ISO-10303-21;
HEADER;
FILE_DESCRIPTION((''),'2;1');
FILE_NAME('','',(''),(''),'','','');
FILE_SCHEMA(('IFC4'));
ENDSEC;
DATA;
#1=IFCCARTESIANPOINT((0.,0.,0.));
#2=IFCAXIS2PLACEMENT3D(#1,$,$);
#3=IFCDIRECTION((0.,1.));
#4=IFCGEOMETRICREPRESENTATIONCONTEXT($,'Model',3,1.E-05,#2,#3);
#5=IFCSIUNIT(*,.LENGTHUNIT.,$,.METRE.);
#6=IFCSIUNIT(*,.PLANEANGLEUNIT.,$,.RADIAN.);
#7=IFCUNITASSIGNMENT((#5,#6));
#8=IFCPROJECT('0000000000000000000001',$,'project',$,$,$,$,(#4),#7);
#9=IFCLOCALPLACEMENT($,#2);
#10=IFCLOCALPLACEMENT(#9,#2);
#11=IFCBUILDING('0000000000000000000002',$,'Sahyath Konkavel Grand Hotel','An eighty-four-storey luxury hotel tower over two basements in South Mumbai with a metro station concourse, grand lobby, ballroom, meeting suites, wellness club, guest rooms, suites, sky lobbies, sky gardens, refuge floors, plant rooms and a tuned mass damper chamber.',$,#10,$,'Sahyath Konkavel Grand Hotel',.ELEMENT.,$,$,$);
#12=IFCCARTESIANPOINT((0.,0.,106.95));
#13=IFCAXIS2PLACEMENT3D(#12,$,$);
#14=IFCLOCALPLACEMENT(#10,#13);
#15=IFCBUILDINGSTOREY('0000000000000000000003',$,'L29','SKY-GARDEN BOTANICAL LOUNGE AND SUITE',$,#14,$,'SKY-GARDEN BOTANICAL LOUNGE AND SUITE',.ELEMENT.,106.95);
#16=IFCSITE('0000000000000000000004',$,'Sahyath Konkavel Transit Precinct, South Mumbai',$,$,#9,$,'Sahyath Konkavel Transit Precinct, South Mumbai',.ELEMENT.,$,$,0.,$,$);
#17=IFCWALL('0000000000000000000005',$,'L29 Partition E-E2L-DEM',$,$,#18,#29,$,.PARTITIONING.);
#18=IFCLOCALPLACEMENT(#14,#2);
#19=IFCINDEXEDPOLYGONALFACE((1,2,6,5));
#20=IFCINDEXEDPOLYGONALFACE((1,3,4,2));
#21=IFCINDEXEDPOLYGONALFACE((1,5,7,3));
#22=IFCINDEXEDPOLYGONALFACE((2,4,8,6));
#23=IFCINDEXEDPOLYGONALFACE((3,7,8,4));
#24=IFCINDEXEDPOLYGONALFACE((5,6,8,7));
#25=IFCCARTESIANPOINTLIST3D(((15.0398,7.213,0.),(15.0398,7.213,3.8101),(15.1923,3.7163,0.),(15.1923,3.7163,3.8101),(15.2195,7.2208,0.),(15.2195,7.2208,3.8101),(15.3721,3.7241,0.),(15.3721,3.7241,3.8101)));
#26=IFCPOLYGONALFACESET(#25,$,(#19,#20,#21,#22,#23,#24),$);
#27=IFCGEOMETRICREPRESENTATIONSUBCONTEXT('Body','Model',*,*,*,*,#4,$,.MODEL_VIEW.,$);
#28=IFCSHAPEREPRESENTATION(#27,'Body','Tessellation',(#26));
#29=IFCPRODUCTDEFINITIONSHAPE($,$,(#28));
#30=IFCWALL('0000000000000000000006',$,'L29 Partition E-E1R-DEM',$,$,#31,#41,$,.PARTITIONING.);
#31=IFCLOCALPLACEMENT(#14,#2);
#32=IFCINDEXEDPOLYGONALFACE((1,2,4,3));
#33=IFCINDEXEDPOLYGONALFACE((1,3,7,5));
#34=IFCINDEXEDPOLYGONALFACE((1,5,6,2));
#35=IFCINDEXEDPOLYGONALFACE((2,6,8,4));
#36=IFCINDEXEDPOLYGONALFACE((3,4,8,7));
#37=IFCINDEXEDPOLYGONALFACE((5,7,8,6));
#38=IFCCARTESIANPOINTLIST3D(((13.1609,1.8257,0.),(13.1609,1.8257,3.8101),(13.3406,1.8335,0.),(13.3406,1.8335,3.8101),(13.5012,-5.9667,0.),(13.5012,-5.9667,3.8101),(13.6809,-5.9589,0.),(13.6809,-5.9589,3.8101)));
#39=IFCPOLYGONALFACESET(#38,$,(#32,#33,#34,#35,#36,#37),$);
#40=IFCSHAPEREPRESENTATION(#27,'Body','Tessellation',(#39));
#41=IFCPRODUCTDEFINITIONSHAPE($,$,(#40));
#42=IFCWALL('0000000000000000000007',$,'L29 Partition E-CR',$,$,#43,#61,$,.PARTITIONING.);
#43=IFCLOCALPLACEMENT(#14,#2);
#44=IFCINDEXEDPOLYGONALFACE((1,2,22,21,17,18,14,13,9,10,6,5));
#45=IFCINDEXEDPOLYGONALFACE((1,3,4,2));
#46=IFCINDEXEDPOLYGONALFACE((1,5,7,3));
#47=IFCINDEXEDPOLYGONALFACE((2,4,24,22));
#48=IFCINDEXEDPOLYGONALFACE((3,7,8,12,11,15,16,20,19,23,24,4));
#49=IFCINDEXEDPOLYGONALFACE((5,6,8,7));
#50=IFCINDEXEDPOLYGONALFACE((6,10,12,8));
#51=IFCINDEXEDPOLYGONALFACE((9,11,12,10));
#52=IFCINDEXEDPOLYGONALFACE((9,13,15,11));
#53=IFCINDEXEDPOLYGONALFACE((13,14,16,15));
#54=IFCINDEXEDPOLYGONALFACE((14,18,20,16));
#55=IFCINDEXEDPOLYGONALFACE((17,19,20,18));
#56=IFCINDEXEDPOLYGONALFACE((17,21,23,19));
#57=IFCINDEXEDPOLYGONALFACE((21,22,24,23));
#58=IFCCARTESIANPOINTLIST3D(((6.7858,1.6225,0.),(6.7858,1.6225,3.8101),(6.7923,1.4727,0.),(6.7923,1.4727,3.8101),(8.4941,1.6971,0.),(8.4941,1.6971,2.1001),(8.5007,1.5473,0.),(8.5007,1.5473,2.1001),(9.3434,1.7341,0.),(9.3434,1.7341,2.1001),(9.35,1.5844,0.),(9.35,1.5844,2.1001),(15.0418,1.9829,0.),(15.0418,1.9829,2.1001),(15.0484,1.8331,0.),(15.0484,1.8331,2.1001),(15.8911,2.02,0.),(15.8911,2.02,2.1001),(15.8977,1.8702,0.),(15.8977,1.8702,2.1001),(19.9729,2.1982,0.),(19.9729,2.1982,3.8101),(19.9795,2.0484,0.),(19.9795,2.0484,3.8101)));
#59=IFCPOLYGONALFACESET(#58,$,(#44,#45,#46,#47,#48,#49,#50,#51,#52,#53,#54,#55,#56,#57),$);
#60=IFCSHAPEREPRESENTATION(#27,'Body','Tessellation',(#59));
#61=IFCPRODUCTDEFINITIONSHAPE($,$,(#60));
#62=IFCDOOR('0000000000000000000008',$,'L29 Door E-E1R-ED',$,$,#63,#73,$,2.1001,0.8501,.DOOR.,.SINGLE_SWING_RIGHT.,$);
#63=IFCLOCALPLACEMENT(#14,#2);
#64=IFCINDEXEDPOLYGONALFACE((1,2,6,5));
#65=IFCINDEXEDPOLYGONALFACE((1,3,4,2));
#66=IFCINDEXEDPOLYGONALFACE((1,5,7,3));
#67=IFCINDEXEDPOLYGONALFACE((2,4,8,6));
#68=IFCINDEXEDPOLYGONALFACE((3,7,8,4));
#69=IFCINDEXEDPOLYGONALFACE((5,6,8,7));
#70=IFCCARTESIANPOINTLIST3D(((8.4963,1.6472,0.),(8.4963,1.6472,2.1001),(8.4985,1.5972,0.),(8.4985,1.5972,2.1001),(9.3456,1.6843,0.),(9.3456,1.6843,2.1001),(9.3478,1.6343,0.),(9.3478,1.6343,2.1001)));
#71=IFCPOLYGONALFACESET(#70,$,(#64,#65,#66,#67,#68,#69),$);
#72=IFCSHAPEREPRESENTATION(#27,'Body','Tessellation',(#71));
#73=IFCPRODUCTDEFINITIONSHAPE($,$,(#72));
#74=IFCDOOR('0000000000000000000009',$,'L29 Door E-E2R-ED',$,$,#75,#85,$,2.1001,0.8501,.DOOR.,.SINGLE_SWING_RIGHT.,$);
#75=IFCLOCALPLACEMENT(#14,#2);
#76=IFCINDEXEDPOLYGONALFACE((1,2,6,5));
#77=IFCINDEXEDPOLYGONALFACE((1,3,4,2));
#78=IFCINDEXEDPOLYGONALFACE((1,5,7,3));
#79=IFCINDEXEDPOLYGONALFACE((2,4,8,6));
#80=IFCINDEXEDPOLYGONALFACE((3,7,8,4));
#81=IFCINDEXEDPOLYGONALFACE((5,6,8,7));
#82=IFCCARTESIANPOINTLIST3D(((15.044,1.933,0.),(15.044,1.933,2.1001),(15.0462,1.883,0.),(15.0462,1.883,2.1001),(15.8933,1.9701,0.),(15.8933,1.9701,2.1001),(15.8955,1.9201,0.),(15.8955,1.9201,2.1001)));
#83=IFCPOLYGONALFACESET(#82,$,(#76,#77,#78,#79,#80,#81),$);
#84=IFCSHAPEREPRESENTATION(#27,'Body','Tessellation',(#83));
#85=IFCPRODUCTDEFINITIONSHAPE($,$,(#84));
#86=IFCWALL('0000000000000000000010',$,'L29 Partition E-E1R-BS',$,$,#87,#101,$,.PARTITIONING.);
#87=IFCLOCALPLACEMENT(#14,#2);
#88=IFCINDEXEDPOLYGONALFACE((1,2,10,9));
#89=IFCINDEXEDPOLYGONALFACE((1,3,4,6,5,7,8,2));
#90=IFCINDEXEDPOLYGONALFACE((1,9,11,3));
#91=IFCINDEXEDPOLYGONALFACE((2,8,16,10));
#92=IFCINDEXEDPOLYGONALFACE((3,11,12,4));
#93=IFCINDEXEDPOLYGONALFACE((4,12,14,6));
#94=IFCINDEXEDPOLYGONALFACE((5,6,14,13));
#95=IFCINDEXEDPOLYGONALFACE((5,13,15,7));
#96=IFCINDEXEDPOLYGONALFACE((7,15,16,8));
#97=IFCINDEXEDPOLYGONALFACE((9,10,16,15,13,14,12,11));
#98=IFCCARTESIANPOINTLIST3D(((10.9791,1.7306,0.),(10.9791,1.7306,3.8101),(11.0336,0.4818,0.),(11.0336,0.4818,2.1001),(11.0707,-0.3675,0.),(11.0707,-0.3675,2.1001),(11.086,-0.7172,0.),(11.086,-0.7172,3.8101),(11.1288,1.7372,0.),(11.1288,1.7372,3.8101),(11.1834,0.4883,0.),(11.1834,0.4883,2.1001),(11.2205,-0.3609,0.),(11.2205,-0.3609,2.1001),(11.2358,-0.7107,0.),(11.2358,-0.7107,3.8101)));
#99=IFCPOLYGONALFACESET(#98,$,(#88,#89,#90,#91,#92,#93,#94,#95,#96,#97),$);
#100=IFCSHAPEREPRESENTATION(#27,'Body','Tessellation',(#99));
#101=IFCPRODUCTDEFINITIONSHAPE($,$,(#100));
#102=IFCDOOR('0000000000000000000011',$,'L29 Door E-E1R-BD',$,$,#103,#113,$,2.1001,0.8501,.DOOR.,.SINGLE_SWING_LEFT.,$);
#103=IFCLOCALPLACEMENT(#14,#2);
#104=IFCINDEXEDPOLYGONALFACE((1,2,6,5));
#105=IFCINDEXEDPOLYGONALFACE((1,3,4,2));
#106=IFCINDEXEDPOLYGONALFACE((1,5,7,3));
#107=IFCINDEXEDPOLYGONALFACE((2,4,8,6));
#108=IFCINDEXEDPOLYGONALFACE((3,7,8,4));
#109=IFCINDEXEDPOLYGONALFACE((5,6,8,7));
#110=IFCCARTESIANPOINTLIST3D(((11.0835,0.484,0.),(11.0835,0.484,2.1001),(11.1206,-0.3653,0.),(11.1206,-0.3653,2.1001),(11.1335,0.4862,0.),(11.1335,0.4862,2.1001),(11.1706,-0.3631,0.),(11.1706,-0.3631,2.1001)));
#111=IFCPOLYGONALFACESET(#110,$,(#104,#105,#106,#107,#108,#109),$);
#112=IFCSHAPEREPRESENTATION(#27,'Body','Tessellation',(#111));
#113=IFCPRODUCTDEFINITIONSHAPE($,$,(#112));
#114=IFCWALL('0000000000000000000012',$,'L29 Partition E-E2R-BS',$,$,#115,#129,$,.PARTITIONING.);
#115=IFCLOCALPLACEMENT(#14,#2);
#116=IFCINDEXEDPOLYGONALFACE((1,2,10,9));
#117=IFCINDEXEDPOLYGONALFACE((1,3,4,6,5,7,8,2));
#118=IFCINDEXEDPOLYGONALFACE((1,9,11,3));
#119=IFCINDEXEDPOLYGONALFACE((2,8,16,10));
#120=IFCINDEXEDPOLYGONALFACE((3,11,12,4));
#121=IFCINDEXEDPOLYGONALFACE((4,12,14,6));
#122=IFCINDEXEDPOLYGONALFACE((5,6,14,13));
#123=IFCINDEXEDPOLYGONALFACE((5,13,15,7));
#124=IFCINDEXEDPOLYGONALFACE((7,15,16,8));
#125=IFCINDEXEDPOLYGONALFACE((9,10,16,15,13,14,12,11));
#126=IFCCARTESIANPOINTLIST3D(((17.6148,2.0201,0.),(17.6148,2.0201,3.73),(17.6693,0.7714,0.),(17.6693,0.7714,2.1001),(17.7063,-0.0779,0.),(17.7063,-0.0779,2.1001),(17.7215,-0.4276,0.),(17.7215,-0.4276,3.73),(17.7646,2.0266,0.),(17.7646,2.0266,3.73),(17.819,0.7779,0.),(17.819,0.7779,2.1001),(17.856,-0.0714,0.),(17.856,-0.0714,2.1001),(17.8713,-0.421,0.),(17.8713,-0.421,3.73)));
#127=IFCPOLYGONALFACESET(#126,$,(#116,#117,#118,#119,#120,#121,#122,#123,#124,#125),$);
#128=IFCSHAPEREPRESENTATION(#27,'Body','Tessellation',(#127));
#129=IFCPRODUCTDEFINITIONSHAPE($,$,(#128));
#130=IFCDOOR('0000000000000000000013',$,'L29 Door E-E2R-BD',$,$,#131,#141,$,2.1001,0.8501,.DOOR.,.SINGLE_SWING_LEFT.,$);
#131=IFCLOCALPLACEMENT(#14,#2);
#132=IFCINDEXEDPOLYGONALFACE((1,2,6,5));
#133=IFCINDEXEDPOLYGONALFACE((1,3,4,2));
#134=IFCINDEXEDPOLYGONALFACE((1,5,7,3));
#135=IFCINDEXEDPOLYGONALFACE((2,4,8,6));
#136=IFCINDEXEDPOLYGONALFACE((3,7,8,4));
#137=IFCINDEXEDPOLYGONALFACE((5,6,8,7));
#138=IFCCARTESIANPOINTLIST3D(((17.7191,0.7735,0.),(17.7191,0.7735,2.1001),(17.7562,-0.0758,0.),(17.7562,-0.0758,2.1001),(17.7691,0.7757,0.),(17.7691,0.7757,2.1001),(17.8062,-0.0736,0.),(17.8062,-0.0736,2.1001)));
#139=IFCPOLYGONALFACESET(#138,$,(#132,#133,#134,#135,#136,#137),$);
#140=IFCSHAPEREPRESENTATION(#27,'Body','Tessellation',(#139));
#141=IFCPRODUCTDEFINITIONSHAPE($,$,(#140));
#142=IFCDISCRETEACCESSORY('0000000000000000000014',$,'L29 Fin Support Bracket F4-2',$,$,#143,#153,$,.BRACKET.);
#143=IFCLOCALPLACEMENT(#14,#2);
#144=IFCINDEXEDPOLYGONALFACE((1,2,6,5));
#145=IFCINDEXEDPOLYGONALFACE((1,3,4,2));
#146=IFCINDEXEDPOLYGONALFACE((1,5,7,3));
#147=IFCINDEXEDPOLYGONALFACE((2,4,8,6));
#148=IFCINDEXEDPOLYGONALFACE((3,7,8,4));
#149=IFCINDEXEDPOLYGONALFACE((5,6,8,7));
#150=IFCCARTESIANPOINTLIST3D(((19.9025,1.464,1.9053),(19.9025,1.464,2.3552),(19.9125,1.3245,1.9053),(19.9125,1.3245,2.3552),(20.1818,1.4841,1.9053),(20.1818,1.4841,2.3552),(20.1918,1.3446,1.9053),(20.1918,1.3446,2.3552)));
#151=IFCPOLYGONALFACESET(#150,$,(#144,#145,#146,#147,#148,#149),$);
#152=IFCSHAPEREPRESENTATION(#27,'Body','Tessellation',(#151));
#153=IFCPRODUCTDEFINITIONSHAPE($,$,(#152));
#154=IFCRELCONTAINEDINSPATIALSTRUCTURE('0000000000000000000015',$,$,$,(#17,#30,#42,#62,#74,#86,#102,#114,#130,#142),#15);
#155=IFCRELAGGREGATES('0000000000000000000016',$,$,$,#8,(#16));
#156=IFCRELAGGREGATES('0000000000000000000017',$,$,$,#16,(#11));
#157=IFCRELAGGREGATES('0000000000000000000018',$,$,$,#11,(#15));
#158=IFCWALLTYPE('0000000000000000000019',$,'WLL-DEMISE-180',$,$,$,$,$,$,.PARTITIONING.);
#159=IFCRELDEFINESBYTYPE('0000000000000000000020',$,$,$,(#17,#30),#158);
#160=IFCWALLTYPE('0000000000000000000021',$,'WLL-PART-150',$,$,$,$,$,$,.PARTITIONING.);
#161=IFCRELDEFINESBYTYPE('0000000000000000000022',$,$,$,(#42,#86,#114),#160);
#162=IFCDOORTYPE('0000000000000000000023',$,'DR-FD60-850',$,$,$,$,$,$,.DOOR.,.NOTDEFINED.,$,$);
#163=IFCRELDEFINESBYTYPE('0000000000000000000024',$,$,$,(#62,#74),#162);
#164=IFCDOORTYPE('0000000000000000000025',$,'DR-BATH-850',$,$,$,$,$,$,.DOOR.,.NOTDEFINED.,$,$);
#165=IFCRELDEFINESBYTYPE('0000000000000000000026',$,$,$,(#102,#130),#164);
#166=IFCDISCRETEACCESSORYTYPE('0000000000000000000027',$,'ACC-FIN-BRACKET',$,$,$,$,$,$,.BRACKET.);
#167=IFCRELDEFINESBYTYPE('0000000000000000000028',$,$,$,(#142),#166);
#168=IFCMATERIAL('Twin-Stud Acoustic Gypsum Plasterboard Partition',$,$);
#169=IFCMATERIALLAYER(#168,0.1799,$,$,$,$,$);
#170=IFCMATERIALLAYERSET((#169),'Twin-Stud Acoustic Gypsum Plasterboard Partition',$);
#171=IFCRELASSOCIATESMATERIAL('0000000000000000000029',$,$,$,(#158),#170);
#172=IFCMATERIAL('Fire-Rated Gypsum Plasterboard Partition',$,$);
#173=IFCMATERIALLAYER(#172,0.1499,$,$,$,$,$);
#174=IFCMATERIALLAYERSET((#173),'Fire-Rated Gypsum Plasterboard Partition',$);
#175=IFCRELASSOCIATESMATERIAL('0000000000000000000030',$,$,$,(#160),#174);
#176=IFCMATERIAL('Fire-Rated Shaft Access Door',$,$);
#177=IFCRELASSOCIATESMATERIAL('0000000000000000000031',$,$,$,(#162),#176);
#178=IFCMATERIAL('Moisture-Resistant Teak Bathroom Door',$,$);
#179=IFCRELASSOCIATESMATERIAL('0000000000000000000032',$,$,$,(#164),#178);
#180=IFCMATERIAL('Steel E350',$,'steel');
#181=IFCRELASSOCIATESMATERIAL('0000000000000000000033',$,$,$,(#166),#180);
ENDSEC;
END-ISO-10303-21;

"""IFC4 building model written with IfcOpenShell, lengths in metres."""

from ifc_helpers import new_model, si_unit, direction, frame, frame_2d, origin, origin_2d, place, context, subcontext, project, spatial, rectangle, extrude, source, transform, mapped, material, layer, layer_set, type_object, element, fill, save


model = new_model("IFC4")

# Units and contexts
model_context = context("Model", 3, precision=1e-05, world=origin(), true_north=direction((0.0, 1.0)))
body_context = subcontext(model_context, "Body", "Model", "MODEL_VIEW")
ifc_project = project(units=[si_unit("LENGTHUNIT", "METRE"), si_unit("PLANEANGLEUNIT", "RADIAN")], contexts=[model_context])

# Site, building, storey
site_placement = place(None, origin())
site = spatial("IfcSite", under=ifc_project, at=site_placement, Name="Sahyath Konkavel Transit Precinct, South Mumbai", LongName="Sahyath Konkavel Transit Precinct, South Mumbai", CompositionType="ELEMENT", RefElevation=0.0)
building_placement = place(site_placement, origin())
building = spatial("IfcBuilding", under=site, at=building_placement, Name="Sahyath Konkavel Grand Hotel", Description="An eighty-four-storey luxury hotel tower over two basements in South Mumbai with a metro station concourse, grand lobby, ballroom, meeting suites, wellness club, guest rooms, suites, sky lobbies, sky gardens, refuge floors, plant rooms and a tuned mass damper chamber.", LongName="Sahyath Konkavel Grand Hotel", CompositionType="ELEMENT")
storey_placement = place(building_placement, frame((0.0, 0.0, 106.95)))
storey = spatial("IfcBuildingStorey", under=building, at=storey_placement, Name="L29", Description="SKY-GARDEN BOTANICAL LOUNGE AND SUITE", LongName="SKY-GARDEN BOTANICAL LOUNGE AND SUITE", CompositionType="ELEMENT", Elevation=106.95)

# Shared definitions
ifc_material_1 = material(Name="Steel E350", Category="steel")

# Walls
ifc_material_2 = material(Name="Twin-Stud Acoustic Gypsum Plasterboard Partition")
ifc_layer_1 = layer(ifc_material_2, 0.1799)
ifc_layer_set_1 = layer_set([ifc_layer_1], Name="Twin-Stud Acoustic Gypsum Plasterboard Partition")
wall_type_1 = type_object("IfcWallType", Name="WLL-DEMISE-180", PredefinedType="PARTITIONING", material=ifc_layer_set_1)
wall_1_placement = place(storey_placement, frame((15.2822, 3.7202, 0.0), z_axis=(0.0, 0.0, 1.0), x_axis=(-0.043598, 0.999049, 0.0)))
element("IfcWall", 1, at=wall_1_placement, inside=storey, type_object=wall_type_1, Name="L29 Partition E-E2L-DEM", PredefinedType="PARTITIONING", context=body_context, shape_type="SweptSolid", body=[
    extrude(rectangle(XDim=3.5, YDim=0.1799, at=frame_2d((1.75, 0.0))), origin(), (0.0, 0.0, 1.0), 3.8101),
])
wall_2_placement = place(storey_placement, frame((13.2507, 1.8296, 0.0), z_axis=(0.0, 0.0, 1.0), x_axis=(0.043633, -0.999048, 0.0)))
element("IfcWall", 2, at=wall_2_placement, inside=storey, type_object=wall_type_1, Name="L29 Partition E-E1R-DEM", PredefinedType="PARTITIONING", context=body_context, shape_type="SweptSolid", body=[
    extrude(rectangle(XDim=7.7998, YDim=0.1799, at=frame_2d((3.8999, 0.0))), origin(), (0.0, 0.0, 1.0), 3.8101),
])

# Wall, openings, doors
ifc_material_3 = material(Name="Fire-Rated Gypsum Plasterboard Partition")
ifc_layer_2 = layer(ifc_material_3, 0.1499)
ifc_layer_set_2 = layer_set([ifc_layer_2], Name="Fire-Rated Gypsum Plasterboard Partition")
wall_type_2 = type_object("IfcWallType", Name="WLL-PART-150", PredefinedType="PARTITIONING", material=ifc_layer_set_2)
wall_3_placement = place(storey_placement, frame((6.7891, 1.5476, 0.0), z_axis=(0.0, 0.0, 1.0), x_axis=(0.999049, 0.043613, 0.0)))
wall_3 = element("IfcWall", 3, at=wall_3_placement, inside=storey, type_object=wall_type_2, Name="L29 Partition E-CR", PredefinedType="PARTITIONING", context=body_context, shape_type="SweptSolid", body=[
    extrude(rectangle(XDim=13.1997, YDim=0.1499, at=frame_2d((6.5999, 0.0))), origin(), (0.0, 0.0, 1.0), 3.8101),
])
opening_1_placement = place(wall_3_placement, frame((1.71, 0.0, 0.0)))
opening_1 = element("IfcOpeningElement", 4, at=opening_1_placement, cuts=wall_3, PredefinedType="OPENING", context=body_context, shape_type="SweptSolid", body=[
    extrude(rectangle(XDim=0.8501, YDim=2.1001, at=frame_2d((0.425, 1.05))), frame((0.0, 0.085, 0.0), z_axis=(0.0, -1.0, 0.0), x_axis=(1.0, 0.0, 0.0)), (0.0, 0.0, 1.0), 0.1699),
])
opening_2_placement = place(wall_3_placement, frame((8.2639, 0.0, 0.0)))
opening_2 = element("IfcOpeningElement", 5, at=opening_2_placement, cuts=wall_3, PredefinedType="OPENING", context=body_context, shape_type="SweptSolid", body=[
    extrude(rectangle(XDim=0.8501, YDim=2.1001, at=frame_2d((0.425, 1.05))), frame((0.0, 0.085, 0.0), z_axis=(0.0, -1.0, 0.0), x_axis=(1.0, 0.0, 0.0)), (0.0, 0.0, 1.0), 0.1699),
])
ifc_material_4 = material(Name="Fire-Rated Shaft Access Door")
door_type_1 = type_object("IfcDoorType", Name="DR-FD60-850", OperationType="NOTDEFINED", PredefinedType="DOOR", material=ifc_material_4)
shared_shape_1 = source(origin(), body_context, "Body", "SweptSolid", [
    extrude(rectangle(XDim=0.8501, YDim=0.05, at=origin_2d()), origin(), (0.0, 0.0, 1.0), 2.1001),
])
door_1_placement = place(opening_1_placement, frame((0.425, 0.0, 0.0)))
door_1 = element("IfcDoor", 6, at=door_1_placement, inside=storey, type_object=door_type_1, Name="L29 Door E-E1R-ED", OperationType="SINGLE_SWING_RIGHT", OverallHeight=2.1001, OverallWidth=0.8501, PredefinedType="DOOR", context=body_context, shape_type="MappedRepresentation", body=[
    mapped(shared_shape_1, transform((0.0, 0.0, 0.0), scale=1.0)),
])
fill(opening_1, door_1)
door_2_placement = place(opening_2_placement, frame((0.425, 0.0, 0.0)))
door_2 = element("IfcDoor", 7, at=door_2_placement, inside=storey, type_object=door_type_1, Name="L29 Door E-E2R-ED", OperationType="SINGLE_SWING_RIGHT", OverallHeight=2.1001, OverallWidth=0.8501, PredefinedType="DOOR", context=body_context, shape_type="MappedRepresentation", body=[
    mapped(shared_shape_1, transform((0.0, 0.0, 0.0), scale=1.0)),
])
fill(opening_2, door_2)

# Walls, openings, doors
wall_4_placement = place(storey_placement, frame((11.054, 1.7339, 0.0), z_axis=(0.0, 0.0, 1.0), x_axis=(0.043645, -0.999047, 0.0)))
wall_4 = element("IfcWall", 8, at=wall_4_placement, inside=storey, type_object=wall_type_2, Name="L29 Partition E-E1R-BS", PredefinedType="PARTITIONING", context=body_context, shape_type="SweptSolid", body=[
    extrude(rectangle(XDim=2.4502, YDim=0.1499, at=frame_2d((1.2251, 0.0))), origin(), (0.0, 0.0, 1.0), 3.8101),
])
opening_3_placement = place(wall_4_placement, frame((1.25, 0.0, 0.0)))
opening_3 = element("IfcOpeningElement", 9, at=opening_3_placement, cuts=wall_4, PredefinedType="OPENING", context=body_context, shape_type="SweptSolid", body=[
    extrude(rectangle(XDim=0.8501, YDim=2.1001, at=frame_2d((0.425, 1.05))), frame((0.0, 0.085, 0.0), z_axis=(0.0, -1.0, 0.0), x_axis=(1.0, 0.0, 0.0)), (0.0, 0.0, 1.0), 0.1699),
])
ifc_material_5 = material(Name="Moisture-Resistant Teak Bathroom Door")
door_type_2 = type_object("IfcDoorType", Name="DR-BATH-850", OperationType="NOTDEFINED", PredefinedType="DOOR", material=ifc_material_5)
door_3_placement = place(opening_3_placement, frame((0.425, 0.0, 0.0)))
door_3 = element("IfcDoor", 10, at=door_3_placement, inside=storey, type_object=door_type_2, Name="L29 Door E-E1R-BD", OperationType="SINGLE_SWING_LEFT", OverallHeight=2.1001, OverallWidth=0.8501, PredefinedType="DOOR", context=body_context, shape_type="MappedRepresentation", body=[
    mapped(shared_shape_1, transform((0.0, 0.0, 0.0), scale=1.0)),
])
fill(opening_3, door_3)
wall_5_placement = place(storey_placement, frame((17.6897, 2.0234, 0.0), z_axis=(0.0, 0.0, 1.0), x_axis=(0.04355, -0.999051, 0.0)))
wall_5 = element("IfcWall", 11, at=wall_5_placement, inside=storey, type_object=wall_type_2, Name="L29 Partition E-E2R-BS", PredefinedType="PARTITIONING", context=body_context, shape_type="SweptSolid", body=[
    extrude(rectangle(XDim=2.45, YDim=0.1499, at=frame_2d((1.2251, 0.0))), origin(), (0.0, 0.0, 1.0), 3.73),
])
opening_4_placement = place(wall_5_placement, frame((1.25, 0.0, 0.0)))
opening_4 = element("IfcOpeningElement", 12, at=opening_4_placement, cuts=wall_5, PredefinedType="OPENING", context=body_context, shape_type="SweptSolid", body=[
    extrude(rectangle(XDim=0.8501, YDim=2.1001, at=frame_2d((0.425, 1.05))), frame((0.0, 0.085, 0.0), z_axis=(0.0, -1.0, 0.0), x_axis=(1.0, 0.0, 0.0)), (0.0, 0.0, 1.0), 0.1699),
])
door_4_placement = place(opening_4_placement, frame((0.425, 0.0, 0.0)))
door_4 = element("IfcDoor", 13, at=door_4_placement, inside=storey, type_object=door_type_2, Name="L29 Door E-E2R-BD", OperationType="SINGLE_SWING_LEFT", OverallHeight=2.1001, OverallWidth=0.8501, PredefinedType="DOOR", context=body_context, shape_type="MappedRepresentation", body=[
    mapped(shared_shape_1, transform((0.0, 0.0, 0.0), scale=1.0)),
])
fill(opening_4, door_4)

# Discrete accessory
discrete_accessory_type = type_object("IfcDiscreteAccessoryType", Name="ACC-FIN-BRACKET", PredefinedType="BRACKET", material=ifc_material_1)
shared_shape_2 = source(origin(), body_context, "Body", "SweptSolid", [
    extrude(rectangle(XDim=0.28, YDim=0.1399, at=origin_2d()), origin(), (0.0, 0.0, 1.0), 0.45),
])
discrete_accessory_placement = place(storey_placement, frame((20.0471, 1.4043, 1.9053), z_axis=(0.0, 0.0, 1.0), x_axis=(0.997436, 0.071567, 0.0)))
element("IfcDiscreteAccessory", 14, at=discrete_accessory_placement, inside=storey, type_object=discrete_accessory_type, Name="L29 Fin Support Bracket F4-2", PredefinedType="BRACKET", context=body_context, shape_type="MappedRepresentation", body=[
    mapped(shared_shape_2, transform((0.0, 0.0, 0.0), scale=1.0)),
])

save(model, "model.ifc")
